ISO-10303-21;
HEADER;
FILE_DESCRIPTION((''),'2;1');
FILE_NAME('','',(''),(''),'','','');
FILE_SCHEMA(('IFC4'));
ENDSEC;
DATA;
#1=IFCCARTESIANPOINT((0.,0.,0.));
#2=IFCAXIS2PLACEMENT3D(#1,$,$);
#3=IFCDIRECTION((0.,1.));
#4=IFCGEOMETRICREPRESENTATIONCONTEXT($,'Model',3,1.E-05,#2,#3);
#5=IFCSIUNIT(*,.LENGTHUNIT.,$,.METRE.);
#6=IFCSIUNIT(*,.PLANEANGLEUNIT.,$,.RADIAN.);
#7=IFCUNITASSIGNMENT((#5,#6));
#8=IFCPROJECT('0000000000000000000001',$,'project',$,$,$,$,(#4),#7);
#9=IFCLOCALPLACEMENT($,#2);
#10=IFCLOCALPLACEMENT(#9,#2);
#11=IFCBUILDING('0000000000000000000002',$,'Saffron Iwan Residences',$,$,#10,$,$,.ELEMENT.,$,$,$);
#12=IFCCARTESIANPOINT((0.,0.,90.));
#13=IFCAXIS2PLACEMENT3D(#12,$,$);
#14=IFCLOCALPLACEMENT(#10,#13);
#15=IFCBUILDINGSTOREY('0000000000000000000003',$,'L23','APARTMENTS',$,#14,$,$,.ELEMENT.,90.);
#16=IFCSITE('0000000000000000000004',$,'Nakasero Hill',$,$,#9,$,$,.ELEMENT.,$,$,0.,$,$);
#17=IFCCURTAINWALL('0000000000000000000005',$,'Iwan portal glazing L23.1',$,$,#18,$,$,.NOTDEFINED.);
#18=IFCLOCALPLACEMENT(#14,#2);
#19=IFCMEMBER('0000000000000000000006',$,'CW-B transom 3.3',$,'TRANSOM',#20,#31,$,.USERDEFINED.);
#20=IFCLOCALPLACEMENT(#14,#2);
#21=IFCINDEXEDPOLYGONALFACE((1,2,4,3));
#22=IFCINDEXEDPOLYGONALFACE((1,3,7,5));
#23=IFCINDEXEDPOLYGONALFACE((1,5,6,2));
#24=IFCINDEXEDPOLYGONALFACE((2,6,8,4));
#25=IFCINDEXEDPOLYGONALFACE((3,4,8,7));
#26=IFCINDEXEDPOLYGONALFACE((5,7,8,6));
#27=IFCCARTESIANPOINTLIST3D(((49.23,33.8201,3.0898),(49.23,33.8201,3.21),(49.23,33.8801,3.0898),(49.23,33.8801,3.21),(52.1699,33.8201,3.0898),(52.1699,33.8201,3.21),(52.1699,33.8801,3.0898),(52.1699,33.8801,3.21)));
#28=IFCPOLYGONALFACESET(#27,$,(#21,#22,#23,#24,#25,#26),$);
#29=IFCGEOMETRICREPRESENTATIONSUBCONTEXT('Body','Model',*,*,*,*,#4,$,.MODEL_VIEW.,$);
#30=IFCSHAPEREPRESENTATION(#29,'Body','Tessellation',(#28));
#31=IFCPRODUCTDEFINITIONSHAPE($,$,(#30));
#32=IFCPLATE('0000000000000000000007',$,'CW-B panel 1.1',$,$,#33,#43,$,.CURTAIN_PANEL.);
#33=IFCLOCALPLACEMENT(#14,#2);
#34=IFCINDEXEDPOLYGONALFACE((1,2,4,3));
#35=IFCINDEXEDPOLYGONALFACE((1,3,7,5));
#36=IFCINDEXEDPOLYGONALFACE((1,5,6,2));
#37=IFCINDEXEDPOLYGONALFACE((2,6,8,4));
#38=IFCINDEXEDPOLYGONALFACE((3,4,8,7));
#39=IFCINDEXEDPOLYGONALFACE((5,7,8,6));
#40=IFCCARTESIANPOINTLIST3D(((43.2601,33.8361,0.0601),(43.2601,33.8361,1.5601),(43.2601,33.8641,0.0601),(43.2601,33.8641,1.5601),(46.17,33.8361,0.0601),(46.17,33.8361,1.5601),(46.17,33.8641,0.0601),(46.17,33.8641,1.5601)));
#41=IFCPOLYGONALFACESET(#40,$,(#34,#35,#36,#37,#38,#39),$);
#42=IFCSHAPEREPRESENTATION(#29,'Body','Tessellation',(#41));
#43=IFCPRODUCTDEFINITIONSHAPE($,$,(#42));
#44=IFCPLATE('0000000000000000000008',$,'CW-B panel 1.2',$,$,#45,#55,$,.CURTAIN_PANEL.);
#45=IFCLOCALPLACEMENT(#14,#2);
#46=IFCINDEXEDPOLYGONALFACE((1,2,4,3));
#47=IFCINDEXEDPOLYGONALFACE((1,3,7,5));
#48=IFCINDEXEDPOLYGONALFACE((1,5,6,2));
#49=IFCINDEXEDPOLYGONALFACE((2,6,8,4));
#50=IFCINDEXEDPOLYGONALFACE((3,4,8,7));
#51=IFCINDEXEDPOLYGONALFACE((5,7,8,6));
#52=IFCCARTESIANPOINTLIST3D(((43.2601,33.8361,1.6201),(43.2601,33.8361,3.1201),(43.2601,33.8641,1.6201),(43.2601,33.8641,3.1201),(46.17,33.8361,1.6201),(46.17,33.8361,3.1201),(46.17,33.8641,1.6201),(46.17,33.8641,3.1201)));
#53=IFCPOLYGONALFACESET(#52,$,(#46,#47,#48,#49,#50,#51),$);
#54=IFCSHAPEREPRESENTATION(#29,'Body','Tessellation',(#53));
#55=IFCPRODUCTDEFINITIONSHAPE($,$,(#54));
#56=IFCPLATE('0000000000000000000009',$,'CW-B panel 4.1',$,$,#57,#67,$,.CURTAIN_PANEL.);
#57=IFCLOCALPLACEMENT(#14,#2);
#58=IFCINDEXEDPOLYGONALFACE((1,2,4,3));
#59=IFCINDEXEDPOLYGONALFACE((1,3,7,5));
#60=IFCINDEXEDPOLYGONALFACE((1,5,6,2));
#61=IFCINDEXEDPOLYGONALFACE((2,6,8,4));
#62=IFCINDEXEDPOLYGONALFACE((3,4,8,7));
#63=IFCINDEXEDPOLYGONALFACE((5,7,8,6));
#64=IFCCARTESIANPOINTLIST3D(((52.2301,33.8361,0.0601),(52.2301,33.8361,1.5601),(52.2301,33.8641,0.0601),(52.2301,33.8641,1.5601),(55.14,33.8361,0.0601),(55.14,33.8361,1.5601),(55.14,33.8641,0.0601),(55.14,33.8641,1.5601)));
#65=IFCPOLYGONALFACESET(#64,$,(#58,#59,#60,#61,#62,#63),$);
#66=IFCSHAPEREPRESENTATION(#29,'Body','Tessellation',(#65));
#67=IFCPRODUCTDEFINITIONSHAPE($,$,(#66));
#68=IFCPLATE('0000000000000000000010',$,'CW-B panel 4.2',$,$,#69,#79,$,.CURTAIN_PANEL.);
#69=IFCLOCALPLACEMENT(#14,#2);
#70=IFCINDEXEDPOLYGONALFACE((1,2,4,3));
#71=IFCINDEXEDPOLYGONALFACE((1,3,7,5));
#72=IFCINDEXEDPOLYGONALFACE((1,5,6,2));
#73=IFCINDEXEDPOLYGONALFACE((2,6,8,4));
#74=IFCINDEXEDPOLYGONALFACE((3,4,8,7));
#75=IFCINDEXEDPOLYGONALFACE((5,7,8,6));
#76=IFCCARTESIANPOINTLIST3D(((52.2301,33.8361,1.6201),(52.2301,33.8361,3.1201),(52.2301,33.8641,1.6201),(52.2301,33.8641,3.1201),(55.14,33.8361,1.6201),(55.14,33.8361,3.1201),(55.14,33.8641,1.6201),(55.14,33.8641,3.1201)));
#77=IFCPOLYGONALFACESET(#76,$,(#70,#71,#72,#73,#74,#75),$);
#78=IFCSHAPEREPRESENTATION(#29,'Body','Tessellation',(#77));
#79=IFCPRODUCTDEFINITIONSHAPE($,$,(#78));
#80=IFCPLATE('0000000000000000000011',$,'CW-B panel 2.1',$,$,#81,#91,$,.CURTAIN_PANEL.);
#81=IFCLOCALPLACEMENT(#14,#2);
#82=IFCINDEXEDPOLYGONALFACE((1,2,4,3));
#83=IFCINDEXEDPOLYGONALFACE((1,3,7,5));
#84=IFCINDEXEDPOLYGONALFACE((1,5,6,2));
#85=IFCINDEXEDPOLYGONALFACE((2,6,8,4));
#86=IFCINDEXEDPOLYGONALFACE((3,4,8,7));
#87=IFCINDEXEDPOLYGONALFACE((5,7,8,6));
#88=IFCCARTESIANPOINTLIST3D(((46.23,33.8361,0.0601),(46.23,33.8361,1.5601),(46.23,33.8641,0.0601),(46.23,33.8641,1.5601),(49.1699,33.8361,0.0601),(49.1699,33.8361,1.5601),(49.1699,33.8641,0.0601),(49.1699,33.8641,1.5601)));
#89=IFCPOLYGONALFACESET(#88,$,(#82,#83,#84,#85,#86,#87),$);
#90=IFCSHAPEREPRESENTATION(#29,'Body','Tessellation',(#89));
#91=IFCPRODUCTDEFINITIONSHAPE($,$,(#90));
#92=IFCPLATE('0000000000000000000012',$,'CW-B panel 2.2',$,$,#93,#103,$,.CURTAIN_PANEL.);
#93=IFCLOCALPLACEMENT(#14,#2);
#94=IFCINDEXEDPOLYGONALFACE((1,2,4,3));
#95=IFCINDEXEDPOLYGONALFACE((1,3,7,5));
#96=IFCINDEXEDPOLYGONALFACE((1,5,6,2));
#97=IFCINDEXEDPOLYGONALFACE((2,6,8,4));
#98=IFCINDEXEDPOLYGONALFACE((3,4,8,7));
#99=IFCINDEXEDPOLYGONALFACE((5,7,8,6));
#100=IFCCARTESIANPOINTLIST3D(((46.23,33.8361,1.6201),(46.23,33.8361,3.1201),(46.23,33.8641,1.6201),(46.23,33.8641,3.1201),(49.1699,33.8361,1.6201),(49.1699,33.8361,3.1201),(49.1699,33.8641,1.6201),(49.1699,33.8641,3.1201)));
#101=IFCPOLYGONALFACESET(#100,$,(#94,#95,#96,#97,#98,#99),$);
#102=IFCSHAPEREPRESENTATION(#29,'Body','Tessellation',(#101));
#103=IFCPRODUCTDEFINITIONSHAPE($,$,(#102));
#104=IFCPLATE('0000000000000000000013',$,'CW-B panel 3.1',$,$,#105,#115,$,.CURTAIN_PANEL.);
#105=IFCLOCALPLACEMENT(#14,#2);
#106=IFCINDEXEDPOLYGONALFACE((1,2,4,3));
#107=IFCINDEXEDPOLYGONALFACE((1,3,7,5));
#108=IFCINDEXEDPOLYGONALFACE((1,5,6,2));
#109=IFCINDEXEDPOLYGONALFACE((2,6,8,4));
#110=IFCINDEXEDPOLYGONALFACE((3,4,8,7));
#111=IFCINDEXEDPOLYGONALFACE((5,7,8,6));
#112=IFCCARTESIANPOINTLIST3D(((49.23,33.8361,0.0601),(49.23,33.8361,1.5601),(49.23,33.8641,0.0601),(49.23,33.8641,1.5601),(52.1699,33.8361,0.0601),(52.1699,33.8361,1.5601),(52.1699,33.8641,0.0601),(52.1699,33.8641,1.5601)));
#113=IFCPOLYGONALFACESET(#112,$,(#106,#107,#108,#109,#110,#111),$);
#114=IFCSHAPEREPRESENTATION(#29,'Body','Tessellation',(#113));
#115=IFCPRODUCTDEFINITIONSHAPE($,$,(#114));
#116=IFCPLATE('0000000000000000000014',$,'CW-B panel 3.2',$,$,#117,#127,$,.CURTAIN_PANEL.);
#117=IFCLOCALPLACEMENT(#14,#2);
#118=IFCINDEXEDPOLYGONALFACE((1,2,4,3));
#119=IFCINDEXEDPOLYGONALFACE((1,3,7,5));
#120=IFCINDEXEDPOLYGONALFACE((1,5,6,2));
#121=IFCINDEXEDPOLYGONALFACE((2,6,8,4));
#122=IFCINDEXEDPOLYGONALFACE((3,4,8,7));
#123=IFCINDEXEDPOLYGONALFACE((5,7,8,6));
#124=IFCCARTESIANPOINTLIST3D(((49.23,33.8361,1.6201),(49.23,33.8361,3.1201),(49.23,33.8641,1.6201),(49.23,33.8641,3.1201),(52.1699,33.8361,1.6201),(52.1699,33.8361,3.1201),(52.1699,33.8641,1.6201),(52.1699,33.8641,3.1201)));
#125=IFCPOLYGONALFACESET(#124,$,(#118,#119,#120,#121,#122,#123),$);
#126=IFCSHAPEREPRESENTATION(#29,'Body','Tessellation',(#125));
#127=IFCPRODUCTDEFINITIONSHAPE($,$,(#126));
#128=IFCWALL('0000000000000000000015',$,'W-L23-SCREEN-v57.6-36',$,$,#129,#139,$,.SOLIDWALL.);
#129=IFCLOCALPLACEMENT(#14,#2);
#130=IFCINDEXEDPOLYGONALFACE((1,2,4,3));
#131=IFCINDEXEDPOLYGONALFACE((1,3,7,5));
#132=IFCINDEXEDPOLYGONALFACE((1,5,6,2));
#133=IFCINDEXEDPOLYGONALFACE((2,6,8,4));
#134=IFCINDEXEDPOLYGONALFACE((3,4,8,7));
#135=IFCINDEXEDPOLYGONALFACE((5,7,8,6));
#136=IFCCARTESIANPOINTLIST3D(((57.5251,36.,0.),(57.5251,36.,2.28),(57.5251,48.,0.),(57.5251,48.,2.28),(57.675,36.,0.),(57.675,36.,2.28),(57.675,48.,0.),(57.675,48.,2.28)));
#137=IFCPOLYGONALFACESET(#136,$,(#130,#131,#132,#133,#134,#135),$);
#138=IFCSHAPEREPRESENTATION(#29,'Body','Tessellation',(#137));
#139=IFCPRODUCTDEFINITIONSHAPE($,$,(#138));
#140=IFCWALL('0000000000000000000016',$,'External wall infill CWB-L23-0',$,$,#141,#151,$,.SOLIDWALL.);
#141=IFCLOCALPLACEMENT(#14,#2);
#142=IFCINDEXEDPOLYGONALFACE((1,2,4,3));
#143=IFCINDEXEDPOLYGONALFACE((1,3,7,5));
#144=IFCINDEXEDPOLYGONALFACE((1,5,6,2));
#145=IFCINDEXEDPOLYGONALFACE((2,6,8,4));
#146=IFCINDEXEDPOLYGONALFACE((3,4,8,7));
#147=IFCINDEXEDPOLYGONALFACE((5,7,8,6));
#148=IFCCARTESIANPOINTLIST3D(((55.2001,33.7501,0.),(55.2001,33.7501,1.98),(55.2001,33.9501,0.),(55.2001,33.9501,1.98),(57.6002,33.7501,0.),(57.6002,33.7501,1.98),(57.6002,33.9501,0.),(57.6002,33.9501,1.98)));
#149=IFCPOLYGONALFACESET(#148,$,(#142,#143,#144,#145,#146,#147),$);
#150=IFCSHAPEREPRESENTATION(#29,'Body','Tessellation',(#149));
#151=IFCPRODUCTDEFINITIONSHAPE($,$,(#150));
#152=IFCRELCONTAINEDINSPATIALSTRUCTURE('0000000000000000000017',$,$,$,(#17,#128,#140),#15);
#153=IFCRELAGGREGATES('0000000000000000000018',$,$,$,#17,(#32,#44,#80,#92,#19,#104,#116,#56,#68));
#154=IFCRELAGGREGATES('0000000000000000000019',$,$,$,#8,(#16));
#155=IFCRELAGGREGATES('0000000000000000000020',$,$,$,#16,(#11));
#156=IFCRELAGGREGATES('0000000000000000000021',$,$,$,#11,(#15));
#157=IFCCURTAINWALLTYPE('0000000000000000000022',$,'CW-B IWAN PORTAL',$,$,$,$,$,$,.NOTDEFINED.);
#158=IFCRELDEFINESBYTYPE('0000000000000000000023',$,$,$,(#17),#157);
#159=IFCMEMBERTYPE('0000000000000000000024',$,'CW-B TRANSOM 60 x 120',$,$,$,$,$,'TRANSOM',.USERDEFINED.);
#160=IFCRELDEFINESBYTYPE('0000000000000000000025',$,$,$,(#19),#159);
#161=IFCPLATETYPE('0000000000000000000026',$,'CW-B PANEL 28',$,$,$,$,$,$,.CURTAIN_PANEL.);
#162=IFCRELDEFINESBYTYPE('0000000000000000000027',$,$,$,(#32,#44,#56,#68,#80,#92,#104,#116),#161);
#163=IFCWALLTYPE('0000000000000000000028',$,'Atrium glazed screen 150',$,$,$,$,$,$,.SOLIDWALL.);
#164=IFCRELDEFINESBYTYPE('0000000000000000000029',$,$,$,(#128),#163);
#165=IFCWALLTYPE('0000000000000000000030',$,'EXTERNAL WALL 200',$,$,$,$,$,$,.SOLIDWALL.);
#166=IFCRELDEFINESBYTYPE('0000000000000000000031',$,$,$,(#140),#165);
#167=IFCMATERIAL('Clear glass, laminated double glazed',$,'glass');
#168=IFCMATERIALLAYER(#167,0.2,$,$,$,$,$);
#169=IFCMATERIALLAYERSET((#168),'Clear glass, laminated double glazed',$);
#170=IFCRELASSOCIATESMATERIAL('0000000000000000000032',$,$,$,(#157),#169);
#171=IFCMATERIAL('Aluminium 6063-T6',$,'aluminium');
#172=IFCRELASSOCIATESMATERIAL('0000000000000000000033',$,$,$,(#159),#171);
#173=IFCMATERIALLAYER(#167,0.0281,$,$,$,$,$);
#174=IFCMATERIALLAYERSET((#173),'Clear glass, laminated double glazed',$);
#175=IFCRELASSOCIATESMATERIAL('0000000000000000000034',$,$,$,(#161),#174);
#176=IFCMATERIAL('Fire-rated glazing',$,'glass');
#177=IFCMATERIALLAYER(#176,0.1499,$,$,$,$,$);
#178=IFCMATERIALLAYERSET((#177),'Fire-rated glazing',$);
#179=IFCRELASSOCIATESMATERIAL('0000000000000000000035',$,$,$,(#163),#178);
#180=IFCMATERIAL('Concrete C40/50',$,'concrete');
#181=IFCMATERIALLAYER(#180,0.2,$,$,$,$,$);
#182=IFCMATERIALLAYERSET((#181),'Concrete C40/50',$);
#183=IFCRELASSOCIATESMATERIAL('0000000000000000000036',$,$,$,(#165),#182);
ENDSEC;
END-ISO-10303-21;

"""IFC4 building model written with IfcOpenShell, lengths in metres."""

from ifc_helpers import new_model, si_unit, direction, frame, frame_2d, origin, origin_2d, place, context, subcontext, project, spatial, rectangle, extrude, source, transform, mapped, material, layer, layer_set, material_profile, profile_set, type_object, element, aggregate, save


model = new_model("IFC4")

# Units and contexts
model_context = context("Model", 3, precision=1e-05, world=origin(), true_north=direction((0.0, 1.0)))
body_context = subcontext(model_context, "Body", "Model", "MODEL_VIEW")
ifc_project = project(units=[si_unit("LENGTHUNIT", "METRE"), si_unit("PLANEANGLEUNIT", "RADIAN")], contexts=[model_context])

# Site, building, storey
site_placement = place(None, origin())
site = spatial("IfcSite", under=ifc_project, at=site_placement, Name="Nakasero Hill", CompositionType="ELEMENT", RefElevation=0.0)
building_placement = place(site_placement, origin())
building = spatial("IfcBuilding", under=site, at=building_placement, Name="Saffron Iwan Residences", CompositionType="ELEMENT")
storey_placement = place(building_placement, frame((0.0, 0.0, 90.0)))
storey = spatial("IfcBuildingStorey", under=building, at=storey_placement, Name="L23", Description="APARTMENTS", CompositionType="ELEMENT", Elevation=90.0)

# Curtain wall, member, plates
ifc_material_1 = material(Name="Clear glass, laminated double glazed", Category="glass")
ifc_layer_1 = layer(ifc_material_1, 0.2)
ifc_layer_set_1 = layer_set([ifc_layer_1], Name="Clear glass, laminated double glazed")
curtain_wall_type = type_object("IfcCurtainWallType", Name="CW-B IWAN PORTAL", PredefinedType="NOTDEFINED", material=ifc_layer_set_1)
curtain_wall_placement = place(storey_placement, origin())
curtain_wall = element("IfcCurtainWall", 1, at=curtain_wall_placement, inside=storey, type_object=curtain_wall_type, Name="Iwan portal glazing L23.1", PredefinedType="NOTDEFINED")
ifc_material_2 = material(Name="Aluminium 6063-T6", Category="aluminium")
ifc_material_profile_1 = material_profile(ifc_material_2, rectangle(XDim=0.0601, YDim=0.1201, at=origin_2d()), Name="CW-B TRANSOM 60 x 120")
ifc_profile_set_1 = profile_set([ifc_material_profile_1], Name="Aluminium 6063-T6")
member_type_1 = type_object("IfcMemberType", Name="CW-B TRANSOM 60 x 120", ElementType="TRANSOM", PredefinedType="USERDEFINED", material=ifc_profile_set_1)
shared_shape_1 = source(origin(), body_context, "Body", "SweptSolid", [
    extrude(rectangle(XDim=0.0601, YDim=0.1201, at=origin_2d()), origin(), (0.0, 0.0, 1.0), 2.9399),
])
member_1_placement = place(storey_placement, frame((49.23, 33.8501, 3.1499), z_axis=(1.0, 0.0, 0.0), x_axis=(0.0, 1.0, 0.0)))
member_1 = element("IfcMember", 2, at=member_1_placement, type_object=member_type_1, Name="CW-B transom 3.3", ObjectType="TRANSOM", PredefinedType="USERDEFINED", context=body_context, shape_type="MappedRepresentation", body=[
    mapped(shared_shape_1, transform((0.0, 0.0, 0.0))),
])
ifc_layer_2 = layer(ifc_material_1, 0.0281)
ifc_layer_set_2 = layer_set([ifc_layer_2], Name="Clear glass, laminated double glazed")
plate_type = type_object("IfcPlateType", Name="CW-B PANEL 28", PredefinedType="CURTAIN_PANEL", material=ifc_layer_set_2)
shared_shape_2 = source(origin(), body_context, "Body", "SweptSolid", [
    extrude(rectangle(XDim=2.9099, YDim=0.0281, at=origin_2d()), origin(), (0.0, 0.0, 1.0), 1.5),
])
plate_1_placement = place(storey_placement, frame((44.7151, 33.8501, 0.0601), z_axis=(0.0, 0.0, 1.0), x_axis=(1.0, 0.0, 0.0)))
plate_1 = element("IfcPlate", 3, at=plate_1_placement, type_object=plate_type, Name="CW-B panel 1.1", PredefinedType="CURTAIN_PANEL", context=body_context, shape_type="MappedRepresentation", body=[
    mapped(shared_shape_2, transform((0.0, 0.0, 0.0))),
])
plate_2_placement = place(storey_placement, frame((44.7151, 33.8501, 1.6201), z_axis=(0.0, 0.0, 1.0), x_axis=(1.0, 0.0, 0.0)))
plate_2 = element("IfcPlate", 4, at=plate_2_placement, type_object=plate_type, Name="CW-B panel 1.2", PredefinedType="CURTAIN_PANEL", context=body_context, shape_type="MappedRepresentation", body=[
    mapped(shared_shape_2, transform((0.0, 0.0, 0.0))),
])
plate_3_placement = place(storey_placement, frame((53.6851, 33.8501, 0.0601), z_axis=(0.0, 0.0, 1.0), x_axis=(1.0, 0.0, 0.0)))
plate_3 = element("IfcPlate", 5, at=plate_3_placement, type_object=plate_type, Name="CW-B panel 4.1", PredefinedType="CURTAIN_PANEL", context=body_context, shape_type="MappedRepresentation", body=[
    mapped(shared_shape_2, transform((0.0, 0.0, 0.0))),
])
plate_4_placement = place(storey_placement, frame((53.6851, 33.8501, 1.6201), z_axis=(0.0, 0.0, 1.0), x_axis=(1.0, 0.0, 0.0)))
plate_4 = element("IfcPlate", 6, at=plate_4_placement, type_object=plate_type, Name="CW-B panel 4.2", PredefinedType="CURTAIN_PANEL", context=body_context, shape_type="MappedRepresentation", body=[
    mapped(shared_shape_2, transform((0.0, 0.0, 0.0))),
])
shared_shape_3 = source(origin(), body_context, "Body", "SweptSolid", [
    extrude(rectangle(XDim=2.9399, YDim=0.0281, at=origin_2d()), origin(), (0.0, 0.0, 1.0), 1.5),
])
plate_5_placement = place(storey_placement, frame((47.7, 33.8501, 0.0601), z_axis=(0.0, 0.0, 1.0), x_axis=(1.0, 0.0, 0.0)))
plate_5 = element("IfcPlate", 7, at=plate_5_placement, type_object=plate_type, Name="CW-B panel 2.1", PredefinedType="CURTAIN_PANEL", context=body_context, shape_type="MappedRepresentation", body=[
    mapped(shared_shape_3, transform((0.0, 0.0, 0.0))),
])
plate_6_placement = place(storey_placement, frame((47.7, 33.8501, 1.6201), z_axis=(0.0, 0.0, 1.0), x_axis=(1.0, 0.0, 0.0)))
plate_6 = element("IfcPlate", 8, at=plate_6_placement, type_object=plate_type, Name="CW-B panel 2.2", PredefinedType="CURTAIN_PANEL", context=body_context, shape_type="MappedRepresentation", body=[
    mapped(shared_shape_3, transform((0.0, 0.0, 0.0))),
])
plate_7_placement = place(storey_placement, frame((50.7, 33.8501, 0.0601), z_axis=(0.0, 0.0, 1.0), x_axis=(1.0, 0.0, 0.0)))
plate_7 = element("IfcPlate", 9, at=plate_7_placement, type_object=plate_type, Name="CW-B panel 3.1", PredefinedType="CURTAIN_PANEL", context=body_context, shape_type="MappedRepresentation", body=[
    mapped(shared_shape_3, transform((0.0, 0.0, 0.0))),
])
plate_8_placement = place(storey_placement, frame((50.7, 33.8501, 1.6201), z_axis=(0.0, 0.0, 1.0), x_axis=(1.0, 0.0, 0.0)))
plate_8 = element("IfcPlate", 10, at=plate_8_placement, type_object=plate_type, Name="CW-B panel 3.2", PredefinedType="CURTAIN_PANEL", context=body_context, shape_type="MappedRepresentation", body=[
    mapped(shared_shape_3, transform((0.0, 0.0, 0.0))),
])
aggregate(curtain_wall, [plate_1, plate_2, plate_5, plate_6, member_1, plate_7, plate_8, plate_3, plate_4])

# Walls
ifc_material_3 = material(Name="Fire-rated glazing", Category="glass")
ifc_layer_3 = layer(ifc_material_3, 0.1499)
ifc_layer_set_3 = layer_set([ifc_layer_3], Name="Fire-rated glazing")
wall_type_1 = type_object("IfcWallType", Name="Atrium glazed screen 150", PredefinedType="SOLIDWALL", material=ifc_layer_set_3)
wall_1_placement = place(storey_placement, frame((57.6001, 36.0, 0.0), z_axis=(0.0, 0.0, 1.0), x_axis=(0.0, 1.0, 0.0)))
element("IfcWall", 11, at=wall_1_placement, inside=storey, type_object=wall_type_1, Name="W-L23-SCREEN-v57.6-36", PredefinedType="SOLIDWALL", context=body_context, shape_type="SweptSolid", body=[
    extrude(rectangle(XDim=12.0, YDim=0.1499, at=frame_2d((6.0, 0.0))), origin(), (0.0, 0.0, 1.0), 2.28),
])
ifc_material_4 = material(Name="Concrete C40/50", Category="concrete")
ifc_layer_4 = layer(ifc_material_4, 0.2)
ifc_layer_set_4 = layer_set([ifc_layer_4], Name="Concrete C40/50")
wall_type_2 = type_object("IfcWallType", Name="EXTERNAL WALL 200", PredefinedType="SOLIDWALL", material=ifc_layer_set_4)
wall_2_placement = place(storey_placement, frame((55.2, 33.8501, 0.0), z_axis=(0.0, 0.0, 1.0), x_axis=(1.0, 0.0, 0.0)))
element("IfcWall", 12, at=wall_2_placement, inside=storey, type_object=wall_type_2, Name="External wall infill CWB-L23-0", PredefinedType="SOLIDWALL", context=body_context, shape_type="SweptSolid", body=[
    extrude(rectangle(XDim=2.4001, YDim=0.2, at=frame_2d((1.2002, 0.0))), origin(), (0.0, 0.0, 1.0), 1.98),
])

save(model, "model.ifc")
